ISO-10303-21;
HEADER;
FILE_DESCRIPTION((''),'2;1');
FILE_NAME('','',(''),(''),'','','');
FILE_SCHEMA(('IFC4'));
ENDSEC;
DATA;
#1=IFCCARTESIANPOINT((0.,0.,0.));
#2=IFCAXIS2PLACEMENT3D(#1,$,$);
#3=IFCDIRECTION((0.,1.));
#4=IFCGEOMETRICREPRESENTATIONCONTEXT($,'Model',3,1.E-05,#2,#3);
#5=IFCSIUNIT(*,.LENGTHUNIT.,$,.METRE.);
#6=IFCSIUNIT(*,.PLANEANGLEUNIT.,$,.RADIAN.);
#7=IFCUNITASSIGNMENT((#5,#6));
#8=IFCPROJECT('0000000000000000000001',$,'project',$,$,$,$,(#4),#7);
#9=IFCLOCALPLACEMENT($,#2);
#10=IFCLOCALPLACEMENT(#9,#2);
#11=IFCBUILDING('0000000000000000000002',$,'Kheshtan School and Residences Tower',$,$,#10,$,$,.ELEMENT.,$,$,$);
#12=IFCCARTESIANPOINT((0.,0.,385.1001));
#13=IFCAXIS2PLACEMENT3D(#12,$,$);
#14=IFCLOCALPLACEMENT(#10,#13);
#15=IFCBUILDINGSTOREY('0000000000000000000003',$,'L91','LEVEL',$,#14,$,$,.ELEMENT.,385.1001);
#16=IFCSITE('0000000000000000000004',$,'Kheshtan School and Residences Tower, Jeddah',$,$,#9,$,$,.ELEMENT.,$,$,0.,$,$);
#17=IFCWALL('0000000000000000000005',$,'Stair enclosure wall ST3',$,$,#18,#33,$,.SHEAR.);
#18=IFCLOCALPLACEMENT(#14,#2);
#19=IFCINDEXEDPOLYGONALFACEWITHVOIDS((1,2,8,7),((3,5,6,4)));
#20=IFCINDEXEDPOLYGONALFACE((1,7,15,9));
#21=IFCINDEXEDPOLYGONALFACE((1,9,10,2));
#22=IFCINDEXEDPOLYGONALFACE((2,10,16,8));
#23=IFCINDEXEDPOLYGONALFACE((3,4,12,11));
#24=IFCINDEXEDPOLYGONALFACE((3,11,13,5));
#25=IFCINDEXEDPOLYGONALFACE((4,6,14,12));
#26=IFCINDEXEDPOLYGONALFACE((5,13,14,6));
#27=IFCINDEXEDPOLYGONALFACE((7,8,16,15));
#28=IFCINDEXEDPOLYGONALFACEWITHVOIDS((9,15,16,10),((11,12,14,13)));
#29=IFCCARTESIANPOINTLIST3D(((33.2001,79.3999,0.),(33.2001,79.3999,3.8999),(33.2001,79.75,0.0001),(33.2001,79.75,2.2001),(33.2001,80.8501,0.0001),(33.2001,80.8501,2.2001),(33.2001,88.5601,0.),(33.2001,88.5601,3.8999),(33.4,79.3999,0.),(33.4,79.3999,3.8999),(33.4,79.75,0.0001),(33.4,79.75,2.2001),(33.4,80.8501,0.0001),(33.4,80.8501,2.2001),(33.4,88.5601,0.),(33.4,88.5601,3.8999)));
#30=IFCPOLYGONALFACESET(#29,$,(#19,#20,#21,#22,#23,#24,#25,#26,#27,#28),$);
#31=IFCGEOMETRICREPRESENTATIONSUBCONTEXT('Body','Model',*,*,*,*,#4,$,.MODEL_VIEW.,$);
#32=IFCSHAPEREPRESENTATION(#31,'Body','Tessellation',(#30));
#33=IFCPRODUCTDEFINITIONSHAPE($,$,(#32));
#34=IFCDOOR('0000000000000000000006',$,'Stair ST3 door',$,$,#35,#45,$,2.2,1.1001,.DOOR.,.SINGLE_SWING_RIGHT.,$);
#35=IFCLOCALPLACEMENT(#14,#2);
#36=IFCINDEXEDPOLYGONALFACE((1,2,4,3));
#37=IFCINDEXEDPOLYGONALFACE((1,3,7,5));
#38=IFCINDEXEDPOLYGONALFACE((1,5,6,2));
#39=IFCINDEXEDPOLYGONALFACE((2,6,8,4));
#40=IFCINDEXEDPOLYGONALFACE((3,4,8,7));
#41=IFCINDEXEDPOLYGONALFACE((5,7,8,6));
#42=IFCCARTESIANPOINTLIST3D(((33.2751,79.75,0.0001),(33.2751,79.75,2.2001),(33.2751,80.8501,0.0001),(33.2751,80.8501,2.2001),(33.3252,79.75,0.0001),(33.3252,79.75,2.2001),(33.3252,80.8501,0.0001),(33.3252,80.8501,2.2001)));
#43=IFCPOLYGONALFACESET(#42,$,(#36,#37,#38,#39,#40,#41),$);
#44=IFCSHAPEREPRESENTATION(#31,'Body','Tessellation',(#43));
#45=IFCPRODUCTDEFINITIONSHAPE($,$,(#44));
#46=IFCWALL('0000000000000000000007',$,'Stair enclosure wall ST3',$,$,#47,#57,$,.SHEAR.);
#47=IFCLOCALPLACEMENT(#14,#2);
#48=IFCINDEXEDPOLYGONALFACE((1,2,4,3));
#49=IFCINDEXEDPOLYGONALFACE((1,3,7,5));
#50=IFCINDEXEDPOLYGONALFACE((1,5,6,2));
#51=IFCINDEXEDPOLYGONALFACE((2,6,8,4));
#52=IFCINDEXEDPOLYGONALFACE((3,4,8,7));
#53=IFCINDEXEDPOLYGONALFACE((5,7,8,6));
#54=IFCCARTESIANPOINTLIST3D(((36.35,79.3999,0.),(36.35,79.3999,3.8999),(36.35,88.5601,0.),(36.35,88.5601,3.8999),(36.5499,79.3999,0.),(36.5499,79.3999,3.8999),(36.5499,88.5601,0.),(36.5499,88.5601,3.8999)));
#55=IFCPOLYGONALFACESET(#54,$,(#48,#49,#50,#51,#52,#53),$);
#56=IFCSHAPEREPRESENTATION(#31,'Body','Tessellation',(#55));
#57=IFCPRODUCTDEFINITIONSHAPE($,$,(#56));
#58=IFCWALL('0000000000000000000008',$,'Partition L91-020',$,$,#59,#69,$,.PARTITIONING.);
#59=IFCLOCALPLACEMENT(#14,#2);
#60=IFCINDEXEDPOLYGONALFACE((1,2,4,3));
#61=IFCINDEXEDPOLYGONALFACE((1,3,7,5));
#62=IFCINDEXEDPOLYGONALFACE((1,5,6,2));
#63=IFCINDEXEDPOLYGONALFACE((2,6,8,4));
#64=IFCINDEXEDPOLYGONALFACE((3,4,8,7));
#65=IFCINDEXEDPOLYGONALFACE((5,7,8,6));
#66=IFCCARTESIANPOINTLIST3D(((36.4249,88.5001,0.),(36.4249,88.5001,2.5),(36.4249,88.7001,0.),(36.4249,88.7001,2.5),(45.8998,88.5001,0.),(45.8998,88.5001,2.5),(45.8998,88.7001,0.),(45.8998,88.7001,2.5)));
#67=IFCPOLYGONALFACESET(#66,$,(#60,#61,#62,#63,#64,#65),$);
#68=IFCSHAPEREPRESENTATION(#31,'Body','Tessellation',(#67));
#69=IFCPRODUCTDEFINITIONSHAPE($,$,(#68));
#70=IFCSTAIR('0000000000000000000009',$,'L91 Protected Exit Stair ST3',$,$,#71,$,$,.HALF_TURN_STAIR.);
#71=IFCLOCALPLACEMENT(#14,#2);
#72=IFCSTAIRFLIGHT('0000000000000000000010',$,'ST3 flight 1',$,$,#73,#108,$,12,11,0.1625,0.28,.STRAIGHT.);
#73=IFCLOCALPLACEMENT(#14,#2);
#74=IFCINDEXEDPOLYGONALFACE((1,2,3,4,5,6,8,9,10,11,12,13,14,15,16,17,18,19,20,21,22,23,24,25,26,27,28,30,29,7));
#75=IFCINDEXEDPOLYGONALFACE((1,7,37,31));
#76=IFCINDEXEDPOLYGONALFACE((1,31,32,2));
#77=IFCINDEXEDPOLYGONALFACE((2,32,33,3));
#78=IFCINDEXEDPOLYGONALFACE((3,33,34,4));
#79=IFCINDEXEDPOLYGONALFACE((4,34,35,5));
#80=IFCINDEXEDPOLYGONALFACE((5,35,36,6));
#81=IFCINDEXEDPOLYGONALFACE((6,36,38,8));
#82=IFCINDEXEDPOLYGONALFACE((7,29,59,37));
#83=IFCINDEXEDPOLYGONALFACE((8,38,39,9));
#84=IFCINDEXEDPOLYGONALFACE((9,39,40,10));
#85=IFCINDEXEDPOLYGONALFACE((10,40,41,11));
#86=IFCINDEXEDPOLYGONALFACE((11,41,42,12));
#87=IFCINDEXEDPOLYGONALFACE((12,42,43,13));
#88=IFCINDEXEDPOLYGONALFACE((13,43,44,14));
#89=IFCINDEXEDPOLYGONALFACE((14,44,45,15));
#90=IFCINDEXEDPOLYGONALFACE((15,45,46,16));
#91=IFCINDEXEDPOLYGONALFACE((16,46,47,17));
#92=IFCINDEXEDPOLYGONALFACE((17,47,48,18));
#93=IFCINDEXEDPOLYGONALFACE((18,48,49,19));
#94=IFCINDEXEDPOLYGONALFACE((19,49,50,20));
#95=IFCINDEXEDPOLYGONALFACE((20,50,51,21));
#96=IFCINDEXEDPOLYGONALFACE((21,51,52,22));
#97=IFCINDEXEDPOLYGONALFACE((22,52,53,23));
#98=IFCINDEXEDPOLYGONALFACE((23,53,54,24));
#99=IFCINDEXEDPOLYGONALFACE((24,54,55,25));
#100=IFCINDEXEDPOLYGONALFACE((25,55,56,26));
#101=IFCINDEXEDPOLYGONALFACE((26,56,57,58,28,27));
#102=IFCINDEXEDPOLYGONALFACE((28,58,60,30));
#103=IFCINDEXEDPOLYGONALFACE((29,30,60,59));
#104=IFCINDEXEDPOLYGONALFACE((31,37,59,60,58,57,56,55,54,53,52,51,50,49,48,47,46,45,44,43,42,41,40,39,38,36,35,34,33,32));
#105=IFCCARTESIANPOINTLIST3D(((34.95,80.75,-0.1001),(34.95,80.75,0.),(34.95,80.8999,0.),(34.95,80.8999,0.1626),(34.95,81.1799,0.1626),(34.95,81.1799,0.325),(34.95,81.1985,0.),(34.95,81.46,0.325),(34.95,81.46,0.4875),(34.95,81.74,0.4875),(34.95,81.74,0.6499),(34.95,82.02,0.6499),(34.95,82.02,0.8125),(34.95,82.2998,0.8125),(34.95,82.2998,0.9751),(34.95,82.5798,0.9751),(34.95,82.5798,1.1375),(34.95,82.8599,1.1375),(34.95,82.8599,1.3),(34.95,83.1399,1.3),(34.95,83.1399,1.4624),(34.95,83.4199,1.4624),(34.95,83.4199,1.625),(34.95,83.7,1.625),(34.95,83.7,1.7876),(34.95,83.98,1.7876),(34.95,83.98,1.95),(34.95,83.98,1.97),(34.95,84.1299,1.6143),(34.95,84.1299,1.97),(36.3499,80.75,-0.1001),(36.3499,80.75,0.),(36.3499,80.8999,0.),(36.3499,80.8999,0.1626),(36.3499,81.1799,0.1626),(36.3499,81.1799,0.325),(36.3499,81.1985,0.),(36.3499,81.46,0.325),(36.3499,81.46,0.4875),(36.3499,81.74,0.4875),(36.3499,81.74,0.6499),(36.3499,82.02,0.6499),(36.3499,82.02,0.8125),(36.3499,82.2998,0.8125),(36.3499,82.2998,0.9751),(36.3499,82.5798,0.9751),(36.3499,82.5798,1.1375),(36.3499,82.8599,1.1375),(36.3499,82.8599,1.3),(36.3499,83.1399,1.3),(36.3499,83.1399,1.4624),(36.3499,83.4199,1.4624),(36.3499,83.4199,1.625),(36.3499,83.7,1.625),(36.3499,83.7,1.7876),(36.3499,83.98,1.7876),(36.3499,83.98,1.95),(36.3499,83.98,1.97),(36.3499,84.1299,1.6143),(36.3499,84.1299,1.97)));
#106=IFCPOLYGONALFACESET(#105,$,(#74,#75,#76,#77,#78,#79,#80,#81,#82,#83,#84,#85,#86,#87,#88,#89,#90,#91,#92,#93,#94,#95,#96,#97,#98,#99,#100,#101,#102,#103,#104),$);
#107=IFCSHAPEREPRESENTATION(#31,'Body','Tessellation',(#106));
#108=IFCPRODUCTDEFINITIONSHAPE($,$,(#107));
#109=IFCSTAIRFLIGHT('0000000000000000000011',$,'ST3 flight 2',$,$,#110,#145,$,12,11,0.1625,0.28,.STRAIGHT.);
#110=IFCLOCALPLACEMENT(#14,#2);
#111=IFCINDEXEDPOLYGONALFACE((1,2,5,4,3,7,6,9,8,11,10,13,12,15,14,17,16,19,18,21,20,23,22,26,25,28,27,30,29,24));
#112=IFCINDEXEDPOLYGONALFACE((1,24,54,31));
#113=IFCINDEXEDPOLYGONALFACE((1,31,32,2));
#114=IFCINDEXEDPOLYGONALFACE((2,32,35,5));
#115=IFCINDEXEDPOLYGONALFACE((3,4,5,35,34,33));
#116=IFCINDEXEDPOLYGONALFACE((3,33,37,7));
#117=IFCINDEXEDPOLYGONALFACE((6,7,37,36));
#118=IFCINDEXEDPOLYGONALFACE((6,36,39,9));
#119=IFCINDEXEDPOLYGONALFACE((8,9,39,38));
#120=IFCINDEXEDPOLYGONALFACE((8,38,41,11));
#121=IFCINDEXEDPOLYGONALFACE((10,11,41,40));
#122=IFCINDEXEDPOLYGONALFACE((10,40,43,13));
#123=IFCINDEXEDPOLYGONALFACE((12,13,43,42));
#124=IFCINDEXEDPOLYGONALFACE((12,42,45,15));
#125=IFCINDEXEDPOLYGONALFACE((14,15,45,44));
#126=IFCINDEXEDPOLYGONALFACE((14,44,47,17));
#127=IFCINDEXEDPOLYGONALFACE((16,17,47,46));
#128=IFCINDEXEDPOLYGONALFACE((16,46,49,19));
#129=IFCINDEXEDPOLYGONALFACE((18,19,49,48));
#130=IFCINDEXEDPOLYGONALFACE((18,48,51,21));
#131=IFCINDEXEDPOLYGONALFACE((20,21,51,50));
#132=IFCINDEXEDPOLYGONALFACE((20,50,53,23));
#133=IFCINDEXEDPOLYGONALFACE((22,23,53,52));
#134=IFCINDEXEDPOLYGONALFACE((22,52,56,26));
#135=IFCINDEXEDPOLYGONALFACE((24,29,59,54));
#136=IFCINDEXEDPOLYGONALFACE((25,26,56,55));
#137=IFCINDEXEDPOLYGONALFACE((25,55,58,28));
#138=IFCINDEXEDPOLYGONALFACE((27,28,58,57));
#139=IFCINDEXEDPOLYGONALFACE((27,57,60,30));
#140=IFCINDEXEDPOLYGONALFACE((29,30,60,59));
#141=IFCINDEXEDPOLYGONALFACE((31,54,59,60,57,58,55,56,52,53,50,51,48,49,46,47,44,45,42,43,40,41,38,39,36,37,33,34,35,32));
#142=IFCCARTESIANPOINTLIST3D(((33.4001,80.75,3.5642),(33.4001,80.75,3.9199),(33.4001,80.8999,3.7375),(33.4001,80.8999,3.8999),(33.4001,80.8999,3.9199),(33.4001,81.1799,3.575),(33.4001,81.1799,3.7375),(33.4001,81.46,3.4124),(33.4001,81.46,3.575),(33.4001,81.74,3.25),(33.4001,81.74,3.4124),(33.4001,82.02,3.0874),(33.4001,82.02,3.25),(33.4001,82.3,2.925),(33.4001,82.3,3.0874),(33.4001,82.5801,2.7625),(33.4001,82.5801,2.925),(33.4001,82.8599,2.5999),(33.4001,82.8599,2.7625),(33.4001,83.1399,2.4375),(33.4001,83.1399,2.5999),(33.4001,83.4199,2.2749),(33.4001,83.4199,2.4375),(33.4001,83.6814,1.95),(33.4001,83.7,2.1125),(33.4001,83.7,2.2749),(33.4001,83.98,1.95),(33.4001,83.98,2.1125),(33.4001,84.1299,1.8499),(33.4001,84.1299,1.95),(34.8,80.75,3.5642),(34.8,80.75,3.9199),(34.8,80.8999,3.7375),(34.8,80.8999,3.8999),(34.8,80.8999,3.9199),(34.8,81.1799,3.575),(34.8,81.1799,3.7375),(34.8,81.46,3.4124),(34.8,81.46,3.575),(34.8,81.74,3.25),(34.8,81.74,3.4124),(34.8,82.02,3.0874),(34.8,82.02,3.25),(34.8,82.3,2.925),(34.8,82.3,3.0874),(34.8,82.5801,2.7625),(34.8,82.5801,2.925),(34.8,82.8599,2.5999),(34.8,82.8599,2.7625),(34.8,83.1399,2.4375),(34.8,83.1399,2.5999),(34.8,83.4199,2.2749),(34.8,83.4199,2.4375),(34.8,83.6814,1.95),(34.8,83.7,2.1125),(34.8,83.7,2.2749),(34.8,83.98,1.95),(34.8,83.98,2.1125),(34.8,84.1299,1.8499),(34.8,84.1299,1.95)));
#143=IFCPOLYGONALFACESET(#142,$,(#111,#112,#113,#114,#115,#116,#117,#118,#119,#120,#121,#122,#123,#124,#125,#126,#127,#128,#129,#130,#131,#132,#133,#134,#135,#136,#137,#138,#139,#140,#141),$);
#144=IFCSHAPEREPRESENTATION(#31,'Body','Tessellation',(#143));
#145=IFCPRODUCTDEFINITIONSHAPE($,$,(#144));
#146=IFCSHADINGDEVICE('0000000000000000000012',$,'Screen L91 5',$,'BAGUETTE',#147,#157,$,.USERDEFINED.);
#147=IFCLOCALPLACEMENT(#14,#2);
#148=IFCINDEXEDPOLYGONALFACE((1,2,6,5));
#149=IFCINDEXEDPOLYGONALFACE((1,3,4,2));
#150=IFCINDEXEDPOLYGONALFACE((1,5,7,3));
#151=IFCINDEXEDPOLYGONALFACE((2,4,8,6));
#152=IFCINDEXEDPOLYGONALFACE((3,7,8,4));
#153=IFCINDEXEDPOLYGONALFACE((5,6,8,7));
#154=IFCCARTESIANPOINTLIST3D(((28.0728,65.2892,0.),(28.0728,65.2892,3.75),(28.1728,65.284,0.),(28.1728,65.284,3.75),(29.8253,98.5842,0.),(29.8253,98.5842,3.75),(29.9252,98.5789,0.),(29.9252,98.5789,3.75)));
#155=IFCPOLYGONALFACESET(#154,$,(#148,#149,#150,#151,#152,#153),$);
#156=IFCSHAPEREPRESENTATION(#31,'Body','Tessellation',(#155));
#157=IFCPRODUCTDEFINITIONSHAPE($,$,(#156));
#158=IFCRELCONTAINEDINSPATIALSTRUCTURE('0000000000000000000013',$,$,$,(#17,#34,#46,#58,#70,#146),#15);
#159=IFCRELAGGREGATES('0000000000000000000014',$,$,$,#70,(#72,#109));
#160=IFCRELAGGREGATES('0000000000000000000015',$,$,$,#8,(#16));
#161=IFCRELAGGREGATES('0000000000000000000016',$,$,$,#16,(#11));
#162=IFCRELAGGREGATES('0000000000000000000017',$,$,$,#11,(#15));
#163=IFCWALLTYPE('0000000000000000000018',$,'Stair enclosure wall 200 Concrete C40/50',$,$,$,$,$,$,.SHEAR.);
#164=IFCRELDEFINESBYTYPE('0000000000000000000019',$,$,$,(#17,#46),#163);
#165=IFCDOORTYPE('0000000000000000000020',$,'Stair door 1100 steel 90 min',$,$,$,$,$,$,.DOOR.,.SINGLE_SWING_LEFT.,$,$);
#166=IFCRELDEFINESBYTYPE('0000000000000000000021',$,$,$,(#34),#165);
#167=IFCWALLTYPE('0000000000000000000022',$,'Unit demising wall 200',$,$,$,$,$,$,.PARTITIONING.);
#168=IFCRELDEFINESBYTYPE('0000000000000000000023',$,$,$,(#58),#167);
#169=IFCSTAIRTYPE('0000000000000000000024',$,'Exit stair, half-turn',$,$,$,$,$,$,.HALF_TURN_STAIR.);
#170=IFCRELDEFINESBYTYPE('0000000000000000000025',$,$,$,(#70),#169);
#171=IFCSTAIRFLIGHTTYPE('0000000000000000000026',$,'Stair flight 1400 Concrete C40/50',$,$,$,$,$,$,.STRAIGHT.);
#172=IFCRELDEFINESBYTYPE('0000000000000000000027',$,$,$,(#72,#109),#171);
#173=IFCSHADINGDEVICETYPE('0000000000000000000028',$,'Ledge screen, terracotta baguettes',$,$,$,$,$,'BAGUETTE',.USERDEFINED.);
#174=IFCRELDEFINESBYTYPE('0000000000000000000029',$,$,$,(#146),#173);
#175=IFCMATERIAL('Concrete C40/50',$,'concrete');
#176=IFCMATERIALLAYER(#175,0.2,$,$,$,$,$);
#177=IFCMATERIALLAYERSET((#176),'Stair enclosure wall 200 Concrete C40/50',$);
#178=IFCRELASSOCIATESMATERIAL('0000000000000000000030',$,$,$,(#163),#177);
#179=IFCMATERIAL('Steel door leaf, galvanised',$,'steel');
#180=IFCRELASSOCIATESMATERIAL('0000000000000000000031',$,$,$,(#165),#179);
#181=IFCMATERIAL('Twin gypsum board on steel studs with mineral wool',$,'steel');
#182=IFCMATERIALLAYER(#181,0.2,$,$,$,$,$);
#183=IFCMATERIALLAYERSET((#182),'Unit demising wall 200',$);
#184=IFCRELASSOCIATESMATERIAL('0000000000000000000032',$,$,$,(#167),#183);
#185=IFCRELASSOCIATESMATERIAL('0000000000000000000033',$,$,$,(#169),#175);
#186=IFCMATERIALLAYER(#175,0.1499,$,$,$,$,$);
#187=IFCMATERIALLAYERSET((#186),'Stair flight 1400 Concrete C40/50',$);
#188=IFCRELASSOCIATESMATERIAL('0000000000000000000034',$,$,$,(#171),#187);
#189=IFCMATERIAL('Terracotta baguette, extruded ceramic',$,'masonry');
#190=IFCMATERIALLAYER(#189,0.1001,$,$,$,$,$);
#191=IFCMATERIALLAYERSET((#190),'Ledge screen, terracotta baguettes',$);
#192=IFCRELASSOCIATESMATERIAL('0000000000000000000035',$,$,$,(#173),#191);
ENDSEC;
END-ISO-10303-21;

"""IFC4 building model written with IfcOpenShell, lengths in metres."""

from ifc_helpers import new_model, si_unit, direction, frame, frame_2d, origin, origin_2d, place, context, subcontext, project, spatial, polyline, rectangle, outline, extrude, source, transform, mapped, material, layer, layer_set, type_object, element, fill, aggregate, save


model = new_model("IFC4")

# Units and contexts
model_context = context("Model", 3, precision=1e-05, world=origin(), true_north=direction((0.0, 1.0)))
body_context = subcontext(model_context, "Body", "Model", "MODEL_VIEW")
ifc_project = project(units=[si_unit("LENGTHUNIT", "METRE"), si_unit("PLANEANGLEUNIT", "RADIAN")], contexts=[model_context])

# Site, building, storey
site_placement = place(None, origin())
site = spatial("IfcSite", under=ifc_project, at=site_placement, Name="Kheshtan School and Residences Tower, Jeddah", CompositionType="ELEMENT", RefElevation=0.0)
building_placement = place(site_placement, origin())
building = spatial("IfcBuilding", under=site, at=building_placement, Name="Kheshtan School and Residences Tower", CompositionType="ELEMENT")
storey_placement = place(building_placement, frame((0.0, 0.0, 385.1001)))
storey = spatial("IfcBuildingStorey", under=building, at=storey_placement, Name="L91", Description="LEVEL", CompositionType="ELEMENT", Elevation=385.1001)

# Shared definitions
ifc_material_1 = material(Name="Concrete C40/50", Category="concrete")
ifc_layer_1 = layer(ifc_material_1, 0.2)
ifc_layer_set_1 = layer_set([ifc_layer_1], Name="Stair enclosure wall 200 Concrete C40/50")
wall_type_1 = type_object("IfcWallType", Name="Stair enclosure wall 200 Concrete C40/50", PredefinedType="SHEAR", material=ifc_layer_set_1)

# Wall, opening, door
wall_1_placement = place(storey_placement, frame((33.3, 79.3999, 0.0), z_axis=(0.0, 0.0, 1.0), x_axis=(0.0, 1.0, 0.0)))
wall_1 = element("IfcWall", 1, at=wall_1_placement, inside=storey, type_object=wall_type_1, Name="Stair enclosure wall ST3", PredefinedType="SHEAR", context=body_context, shape_type="SweptSolid", body=[
    extrude(rectangle(XDim=9.1602, YDim=0.2, at=frame_2d((4.5801, 0.0))), origin(), (0.0, 0.0, 1.0), 3.8999),
])
opening_1_placement = place(wall_1_placement, frame((0.3501, 0.0, 0.0)))
opening_1 = element("IfcOpeningElement", 2, at=opening_1_placement, cuts=wall_1, PredefinedType="OPENING", context=body_context, shape_type="SweptSolid", body=[
    extrude(rectangle(XDim=1.1001, YDim=2.2, at=frame_2d((0.55, 1.1001))), frame((0.0, 0.1099, 0.0), z_axis=(0.0, -1.0, 0.0), x_axis=(1.0, 0.0, 0.0)), (0.0, 0.0, 1.0), 0.22),
])
ifc_material_2 = material(Name="Steel door leaf, galvanised", Category="steel")
door_type_1 = type_object("IfcDoorType", Name="Stair door 1100 steel 90 min", OperationType="SINGLE_SWING_LEFT", PredefinedType="DOOR", material=ifc_material_2)
shared_shape_1 = source(origin(), body_context, "Body", "SweptSolid", [
    extrude(rectangle(XDim=1.1001, YDim=2.2, at=frame_2d((0.55, 1.1001))), frame((0.0, 0.0249, 0.0), z_axis=(0.0, -1.0, 0.0), x_axis=(1.0, 0.0, 0.0)), (0.0, 0.0, 1.0), 0.05),
])
door_1_placement = place(opening_1_placement, origin())
door_1 = element("IfcDoor", 3, at=door_1_placement, inside=storey, type_object=door_type_1, Name="Stair ST3 door", OperationType="SINGLE_SWING_RIGHT", OverallHeight=2.2, OverallWidth=1.1001, PredefinedType="DOOR", context=body_context, shape_type="MappedRepresentation", body=[
    mapped(shared_shape_1, transform((0.0, 0.0, 0.0), x_axis=(1.0, 0.0, 0.0), y_axis=(0.0, 1.0, 0.0), z_axis=(0.0, 0.0, 1.0), scale=1.0)),
])
fill(opening_1, door_1)

# Walls
wall_2_placement = place(storey_placement, frame((36.45, 79.3999, 0.0), z_axis=(0.0, 0.0, 1.0), x_axis=(0.0, 1.0, 0.0)))
element("IfcWall", 4, at=wall_2_placement, inside=storey, type_object=wall_type_1, Name="Stair enclosure wall ST3", PredefinedType="SHEAR", context=body_context, shape_type="SweptSolid", body=[
    extrude(rectangle(XDim=9.1602, YDim=0.2, at=frame_2d((4.5801, 0.0))), origin(), (0.0, 0.0, 1.0), 3.8999),
])
ifc_material_3 = material(Name="Twin gypsum board on steel studs with mineral wool", Category="steel")
ifc_layer_2 = layer(ifc_material_3, 0.2)
ifc_layer_set_2 = layer_set([ifc_layer_2], Name="Unit demising wall 200")
wall_type_2 = type_object("IfcWallType", Name="Unit demising wall 200", PredefinedType="PARTITIONING", material=ifc_layer_set_2)
wall_3_placement = place(storey_placement, frame((36.425, 88.6001, 0.0), z_axis=(0.0, 0.0, 1.0), x_axis=(1.0, 0.0, 0.0)))
element("IfcWall", 5, at=wall_3_placement, inside=storey, type_object=wall_type_2, Name="Partition L91-020", PredefinedType="PARTITIONING", context=body_context, shape_type="SweptSolid", body=[
    extrude(rectangle(XDim=9.4749, YDim=0.2, at=frame_2d((4.7373, 0.0))), origin(), (0.0, 0.0, 1.0), 2.5),
])

# Stair, stair flights
stair_type = type_object("IfcStairType", Name="Exit stair, half-turn", PredefinedType="HALF_TURN_STAIR", material=ifc_material_1)
stair_placement = place(storey_placement, origin())
stair = element("IfcStair", 6, at=stair_placement, inside=storey, type_object=stair_type, Name="L91 Protected Exit Stair ST3", PredefinedType="HALF_TURN_STAIR")
ifc_layer_3 = layer(ifc_material_1, 0.1499)
ifc_layer_set_3 = layer_set([ifc_layer_3], Name="Stair flight 1400 Concrete C40/50")
stair_flight_type = type_object("IfcStairFlightType", Name="Stair flight 1400 Concrete C40/50", PredefinedType="STRAIGHT", material=ifc_layer_set_3)
stair_flight_1_placement = place(storey_placement, frame((35.6499, 80.8999, 0.0), z_axis=(0.0, 0.0, 1.0), x_axis=(0.0, 1.0, 0.0)))
stair_flight_1 = element("IfcStairFlight", 7, at=stair_flight_1_placement, type_object=stair_flight_type, Name="ST3 flight 1", NumberOfRisers=12, NumberOfTreads=11, PredefinedType="STRAIGHT", RiserHeight=0.1625, TreadLength=0.28, context=body_context, shape_type="SweptSolid", body=[
    extrude(outline(polyline([(-0.1499, -0.1001), (-0.1499, 0.0), (0.0, 0.0), (0.0, 0.1626), (0.28, 0.1626), (0.28, 0.325), (0.5601, 0.325), (0.5601, 0.4875), (0.8401, 0.4875), (0.8401, 0.6499), (1.1201, 0.6499), (1.1201, 0.8125), (1.3999, 0.8125), (1.3999, 0.9751), (1.6799, 0.9751), (1.6799, 1.1375), (1.96, 1.1375), (1.96, 1.3), (2.24, 1.3), (2.24, 1.4624), (2.52, 1.4624), (2.52, 1.625), (2.8, 1.625), (2.8, 1.7876), (3.0801, 1.7876), (3.0801, 1.95), (3.0801, 1.97), (3.23, 1.97), (3.23, 1.6143), (0.2986, 0.0), (-0.1499, -0.1001)])), frame((0.0, 0.7, 0.0), z_axis=(0.0, -1.0, 0.0), x_axis=(1.0, 0.0, 0.0)), (0.0, 0.0, 1.0), 1.3999),
])
stair_flight_2_placement = place(storey_placement, frame((34.1001, 83.98, 1.95), z_axis=(0.0, 0.0, 1.0), x_axis=(0.0, -1.0, 0.0)))
stair_flight_2 = element("IfcStairFlight", 8, at=stair_flight_2_placement, type_object=stair_flight_type, Name="ST3 flight 2", NumberOfRisers=12, NumberOfTreads=11, PredefinedType="STRAIGHT", RiserHeight=0.1625, TreadLength=0.28, context=body_context, shape_type="SweptSolid", body=[
    extrude(outline(polyline([(-0.1499, -0.1001), (-0.1499, 0.0), (0.0, 0.0), (0.0, 0.1626), (0.28, 0.1626), (0.28, 0.325), (0.5601, 0.325), (0.5601, 0.4875), (0.8401, 0.4875), (0.8401, 0.6499), (1.1201, 0.6499), (1.1201, 0.8125), (1.3999, 0.8125), (1.3999, 0.9751), (1.6799, 0.9751), (1.6799, 1.1375), (1.96, 1.1375), (1.96, 1.3), (2.24, 1.3), (2.24, 1.4624), (2.52, 1.4624), (2.52, 1.625), (2.8, 1.625), (2.8, 1.7876), (3.0801, 1.7876), (3.0801, 1.95), (3.0801, 1.97), (3.23, 1.97), (3.23, 1.6143), (0.2986, 0.0), (-0.1499, -0.1001)])), frame((0.0, 0.7, 0.0), z_axis=(0.0, -1.0, 0.0), x_axis=(1.0, 0.0, 0.0)), (0.0, 0.0, 1.0), 1.3999),
])
aggregate(stair, [stair_flight_1, stair_flight_2])

# Shading device
ifc_material_4 = material(Name="Terracotta baguette, extruded ceramic", Category="masonry")
ifc_layer_4 = layer(ifc_material_4, 0.1001)
ifc_layer_set_4 = layer_set([ifc_layer_4], Name="Ledge screen, terracotta baguettes")
shading_device_type = type_object("IfcShadingDeviceType", Name="Ledge screen, terracotta baguettes", ElementType="BAGUETTE", PredefinedType="USERDEFINED", material=ifc_layer_set_4)
shading_device_placement = place(storey_placement, frame((28.999, 81.9341, 0.0), z_axis=(0.0, 0.0, 1.0), x_axis=(0.052563, 0.998618, 0.0)))
element("IfcShadingDevice", 9, at=shading_device_placement, inside=storey, type_object=shading_device_type, Name="Screen L91 5", ObjectType="BAGUETTE", PredefinedType="USERDEFINED", context=body_context, shape_type="SweptSolid", body=[
    extrude(rectangle(XDim=33.3411, YDim=0.1001, at=origin_2d()), origin(), (0.0, 0.0, 1.0), 3.75),
])

save(model, "model.ifc")
